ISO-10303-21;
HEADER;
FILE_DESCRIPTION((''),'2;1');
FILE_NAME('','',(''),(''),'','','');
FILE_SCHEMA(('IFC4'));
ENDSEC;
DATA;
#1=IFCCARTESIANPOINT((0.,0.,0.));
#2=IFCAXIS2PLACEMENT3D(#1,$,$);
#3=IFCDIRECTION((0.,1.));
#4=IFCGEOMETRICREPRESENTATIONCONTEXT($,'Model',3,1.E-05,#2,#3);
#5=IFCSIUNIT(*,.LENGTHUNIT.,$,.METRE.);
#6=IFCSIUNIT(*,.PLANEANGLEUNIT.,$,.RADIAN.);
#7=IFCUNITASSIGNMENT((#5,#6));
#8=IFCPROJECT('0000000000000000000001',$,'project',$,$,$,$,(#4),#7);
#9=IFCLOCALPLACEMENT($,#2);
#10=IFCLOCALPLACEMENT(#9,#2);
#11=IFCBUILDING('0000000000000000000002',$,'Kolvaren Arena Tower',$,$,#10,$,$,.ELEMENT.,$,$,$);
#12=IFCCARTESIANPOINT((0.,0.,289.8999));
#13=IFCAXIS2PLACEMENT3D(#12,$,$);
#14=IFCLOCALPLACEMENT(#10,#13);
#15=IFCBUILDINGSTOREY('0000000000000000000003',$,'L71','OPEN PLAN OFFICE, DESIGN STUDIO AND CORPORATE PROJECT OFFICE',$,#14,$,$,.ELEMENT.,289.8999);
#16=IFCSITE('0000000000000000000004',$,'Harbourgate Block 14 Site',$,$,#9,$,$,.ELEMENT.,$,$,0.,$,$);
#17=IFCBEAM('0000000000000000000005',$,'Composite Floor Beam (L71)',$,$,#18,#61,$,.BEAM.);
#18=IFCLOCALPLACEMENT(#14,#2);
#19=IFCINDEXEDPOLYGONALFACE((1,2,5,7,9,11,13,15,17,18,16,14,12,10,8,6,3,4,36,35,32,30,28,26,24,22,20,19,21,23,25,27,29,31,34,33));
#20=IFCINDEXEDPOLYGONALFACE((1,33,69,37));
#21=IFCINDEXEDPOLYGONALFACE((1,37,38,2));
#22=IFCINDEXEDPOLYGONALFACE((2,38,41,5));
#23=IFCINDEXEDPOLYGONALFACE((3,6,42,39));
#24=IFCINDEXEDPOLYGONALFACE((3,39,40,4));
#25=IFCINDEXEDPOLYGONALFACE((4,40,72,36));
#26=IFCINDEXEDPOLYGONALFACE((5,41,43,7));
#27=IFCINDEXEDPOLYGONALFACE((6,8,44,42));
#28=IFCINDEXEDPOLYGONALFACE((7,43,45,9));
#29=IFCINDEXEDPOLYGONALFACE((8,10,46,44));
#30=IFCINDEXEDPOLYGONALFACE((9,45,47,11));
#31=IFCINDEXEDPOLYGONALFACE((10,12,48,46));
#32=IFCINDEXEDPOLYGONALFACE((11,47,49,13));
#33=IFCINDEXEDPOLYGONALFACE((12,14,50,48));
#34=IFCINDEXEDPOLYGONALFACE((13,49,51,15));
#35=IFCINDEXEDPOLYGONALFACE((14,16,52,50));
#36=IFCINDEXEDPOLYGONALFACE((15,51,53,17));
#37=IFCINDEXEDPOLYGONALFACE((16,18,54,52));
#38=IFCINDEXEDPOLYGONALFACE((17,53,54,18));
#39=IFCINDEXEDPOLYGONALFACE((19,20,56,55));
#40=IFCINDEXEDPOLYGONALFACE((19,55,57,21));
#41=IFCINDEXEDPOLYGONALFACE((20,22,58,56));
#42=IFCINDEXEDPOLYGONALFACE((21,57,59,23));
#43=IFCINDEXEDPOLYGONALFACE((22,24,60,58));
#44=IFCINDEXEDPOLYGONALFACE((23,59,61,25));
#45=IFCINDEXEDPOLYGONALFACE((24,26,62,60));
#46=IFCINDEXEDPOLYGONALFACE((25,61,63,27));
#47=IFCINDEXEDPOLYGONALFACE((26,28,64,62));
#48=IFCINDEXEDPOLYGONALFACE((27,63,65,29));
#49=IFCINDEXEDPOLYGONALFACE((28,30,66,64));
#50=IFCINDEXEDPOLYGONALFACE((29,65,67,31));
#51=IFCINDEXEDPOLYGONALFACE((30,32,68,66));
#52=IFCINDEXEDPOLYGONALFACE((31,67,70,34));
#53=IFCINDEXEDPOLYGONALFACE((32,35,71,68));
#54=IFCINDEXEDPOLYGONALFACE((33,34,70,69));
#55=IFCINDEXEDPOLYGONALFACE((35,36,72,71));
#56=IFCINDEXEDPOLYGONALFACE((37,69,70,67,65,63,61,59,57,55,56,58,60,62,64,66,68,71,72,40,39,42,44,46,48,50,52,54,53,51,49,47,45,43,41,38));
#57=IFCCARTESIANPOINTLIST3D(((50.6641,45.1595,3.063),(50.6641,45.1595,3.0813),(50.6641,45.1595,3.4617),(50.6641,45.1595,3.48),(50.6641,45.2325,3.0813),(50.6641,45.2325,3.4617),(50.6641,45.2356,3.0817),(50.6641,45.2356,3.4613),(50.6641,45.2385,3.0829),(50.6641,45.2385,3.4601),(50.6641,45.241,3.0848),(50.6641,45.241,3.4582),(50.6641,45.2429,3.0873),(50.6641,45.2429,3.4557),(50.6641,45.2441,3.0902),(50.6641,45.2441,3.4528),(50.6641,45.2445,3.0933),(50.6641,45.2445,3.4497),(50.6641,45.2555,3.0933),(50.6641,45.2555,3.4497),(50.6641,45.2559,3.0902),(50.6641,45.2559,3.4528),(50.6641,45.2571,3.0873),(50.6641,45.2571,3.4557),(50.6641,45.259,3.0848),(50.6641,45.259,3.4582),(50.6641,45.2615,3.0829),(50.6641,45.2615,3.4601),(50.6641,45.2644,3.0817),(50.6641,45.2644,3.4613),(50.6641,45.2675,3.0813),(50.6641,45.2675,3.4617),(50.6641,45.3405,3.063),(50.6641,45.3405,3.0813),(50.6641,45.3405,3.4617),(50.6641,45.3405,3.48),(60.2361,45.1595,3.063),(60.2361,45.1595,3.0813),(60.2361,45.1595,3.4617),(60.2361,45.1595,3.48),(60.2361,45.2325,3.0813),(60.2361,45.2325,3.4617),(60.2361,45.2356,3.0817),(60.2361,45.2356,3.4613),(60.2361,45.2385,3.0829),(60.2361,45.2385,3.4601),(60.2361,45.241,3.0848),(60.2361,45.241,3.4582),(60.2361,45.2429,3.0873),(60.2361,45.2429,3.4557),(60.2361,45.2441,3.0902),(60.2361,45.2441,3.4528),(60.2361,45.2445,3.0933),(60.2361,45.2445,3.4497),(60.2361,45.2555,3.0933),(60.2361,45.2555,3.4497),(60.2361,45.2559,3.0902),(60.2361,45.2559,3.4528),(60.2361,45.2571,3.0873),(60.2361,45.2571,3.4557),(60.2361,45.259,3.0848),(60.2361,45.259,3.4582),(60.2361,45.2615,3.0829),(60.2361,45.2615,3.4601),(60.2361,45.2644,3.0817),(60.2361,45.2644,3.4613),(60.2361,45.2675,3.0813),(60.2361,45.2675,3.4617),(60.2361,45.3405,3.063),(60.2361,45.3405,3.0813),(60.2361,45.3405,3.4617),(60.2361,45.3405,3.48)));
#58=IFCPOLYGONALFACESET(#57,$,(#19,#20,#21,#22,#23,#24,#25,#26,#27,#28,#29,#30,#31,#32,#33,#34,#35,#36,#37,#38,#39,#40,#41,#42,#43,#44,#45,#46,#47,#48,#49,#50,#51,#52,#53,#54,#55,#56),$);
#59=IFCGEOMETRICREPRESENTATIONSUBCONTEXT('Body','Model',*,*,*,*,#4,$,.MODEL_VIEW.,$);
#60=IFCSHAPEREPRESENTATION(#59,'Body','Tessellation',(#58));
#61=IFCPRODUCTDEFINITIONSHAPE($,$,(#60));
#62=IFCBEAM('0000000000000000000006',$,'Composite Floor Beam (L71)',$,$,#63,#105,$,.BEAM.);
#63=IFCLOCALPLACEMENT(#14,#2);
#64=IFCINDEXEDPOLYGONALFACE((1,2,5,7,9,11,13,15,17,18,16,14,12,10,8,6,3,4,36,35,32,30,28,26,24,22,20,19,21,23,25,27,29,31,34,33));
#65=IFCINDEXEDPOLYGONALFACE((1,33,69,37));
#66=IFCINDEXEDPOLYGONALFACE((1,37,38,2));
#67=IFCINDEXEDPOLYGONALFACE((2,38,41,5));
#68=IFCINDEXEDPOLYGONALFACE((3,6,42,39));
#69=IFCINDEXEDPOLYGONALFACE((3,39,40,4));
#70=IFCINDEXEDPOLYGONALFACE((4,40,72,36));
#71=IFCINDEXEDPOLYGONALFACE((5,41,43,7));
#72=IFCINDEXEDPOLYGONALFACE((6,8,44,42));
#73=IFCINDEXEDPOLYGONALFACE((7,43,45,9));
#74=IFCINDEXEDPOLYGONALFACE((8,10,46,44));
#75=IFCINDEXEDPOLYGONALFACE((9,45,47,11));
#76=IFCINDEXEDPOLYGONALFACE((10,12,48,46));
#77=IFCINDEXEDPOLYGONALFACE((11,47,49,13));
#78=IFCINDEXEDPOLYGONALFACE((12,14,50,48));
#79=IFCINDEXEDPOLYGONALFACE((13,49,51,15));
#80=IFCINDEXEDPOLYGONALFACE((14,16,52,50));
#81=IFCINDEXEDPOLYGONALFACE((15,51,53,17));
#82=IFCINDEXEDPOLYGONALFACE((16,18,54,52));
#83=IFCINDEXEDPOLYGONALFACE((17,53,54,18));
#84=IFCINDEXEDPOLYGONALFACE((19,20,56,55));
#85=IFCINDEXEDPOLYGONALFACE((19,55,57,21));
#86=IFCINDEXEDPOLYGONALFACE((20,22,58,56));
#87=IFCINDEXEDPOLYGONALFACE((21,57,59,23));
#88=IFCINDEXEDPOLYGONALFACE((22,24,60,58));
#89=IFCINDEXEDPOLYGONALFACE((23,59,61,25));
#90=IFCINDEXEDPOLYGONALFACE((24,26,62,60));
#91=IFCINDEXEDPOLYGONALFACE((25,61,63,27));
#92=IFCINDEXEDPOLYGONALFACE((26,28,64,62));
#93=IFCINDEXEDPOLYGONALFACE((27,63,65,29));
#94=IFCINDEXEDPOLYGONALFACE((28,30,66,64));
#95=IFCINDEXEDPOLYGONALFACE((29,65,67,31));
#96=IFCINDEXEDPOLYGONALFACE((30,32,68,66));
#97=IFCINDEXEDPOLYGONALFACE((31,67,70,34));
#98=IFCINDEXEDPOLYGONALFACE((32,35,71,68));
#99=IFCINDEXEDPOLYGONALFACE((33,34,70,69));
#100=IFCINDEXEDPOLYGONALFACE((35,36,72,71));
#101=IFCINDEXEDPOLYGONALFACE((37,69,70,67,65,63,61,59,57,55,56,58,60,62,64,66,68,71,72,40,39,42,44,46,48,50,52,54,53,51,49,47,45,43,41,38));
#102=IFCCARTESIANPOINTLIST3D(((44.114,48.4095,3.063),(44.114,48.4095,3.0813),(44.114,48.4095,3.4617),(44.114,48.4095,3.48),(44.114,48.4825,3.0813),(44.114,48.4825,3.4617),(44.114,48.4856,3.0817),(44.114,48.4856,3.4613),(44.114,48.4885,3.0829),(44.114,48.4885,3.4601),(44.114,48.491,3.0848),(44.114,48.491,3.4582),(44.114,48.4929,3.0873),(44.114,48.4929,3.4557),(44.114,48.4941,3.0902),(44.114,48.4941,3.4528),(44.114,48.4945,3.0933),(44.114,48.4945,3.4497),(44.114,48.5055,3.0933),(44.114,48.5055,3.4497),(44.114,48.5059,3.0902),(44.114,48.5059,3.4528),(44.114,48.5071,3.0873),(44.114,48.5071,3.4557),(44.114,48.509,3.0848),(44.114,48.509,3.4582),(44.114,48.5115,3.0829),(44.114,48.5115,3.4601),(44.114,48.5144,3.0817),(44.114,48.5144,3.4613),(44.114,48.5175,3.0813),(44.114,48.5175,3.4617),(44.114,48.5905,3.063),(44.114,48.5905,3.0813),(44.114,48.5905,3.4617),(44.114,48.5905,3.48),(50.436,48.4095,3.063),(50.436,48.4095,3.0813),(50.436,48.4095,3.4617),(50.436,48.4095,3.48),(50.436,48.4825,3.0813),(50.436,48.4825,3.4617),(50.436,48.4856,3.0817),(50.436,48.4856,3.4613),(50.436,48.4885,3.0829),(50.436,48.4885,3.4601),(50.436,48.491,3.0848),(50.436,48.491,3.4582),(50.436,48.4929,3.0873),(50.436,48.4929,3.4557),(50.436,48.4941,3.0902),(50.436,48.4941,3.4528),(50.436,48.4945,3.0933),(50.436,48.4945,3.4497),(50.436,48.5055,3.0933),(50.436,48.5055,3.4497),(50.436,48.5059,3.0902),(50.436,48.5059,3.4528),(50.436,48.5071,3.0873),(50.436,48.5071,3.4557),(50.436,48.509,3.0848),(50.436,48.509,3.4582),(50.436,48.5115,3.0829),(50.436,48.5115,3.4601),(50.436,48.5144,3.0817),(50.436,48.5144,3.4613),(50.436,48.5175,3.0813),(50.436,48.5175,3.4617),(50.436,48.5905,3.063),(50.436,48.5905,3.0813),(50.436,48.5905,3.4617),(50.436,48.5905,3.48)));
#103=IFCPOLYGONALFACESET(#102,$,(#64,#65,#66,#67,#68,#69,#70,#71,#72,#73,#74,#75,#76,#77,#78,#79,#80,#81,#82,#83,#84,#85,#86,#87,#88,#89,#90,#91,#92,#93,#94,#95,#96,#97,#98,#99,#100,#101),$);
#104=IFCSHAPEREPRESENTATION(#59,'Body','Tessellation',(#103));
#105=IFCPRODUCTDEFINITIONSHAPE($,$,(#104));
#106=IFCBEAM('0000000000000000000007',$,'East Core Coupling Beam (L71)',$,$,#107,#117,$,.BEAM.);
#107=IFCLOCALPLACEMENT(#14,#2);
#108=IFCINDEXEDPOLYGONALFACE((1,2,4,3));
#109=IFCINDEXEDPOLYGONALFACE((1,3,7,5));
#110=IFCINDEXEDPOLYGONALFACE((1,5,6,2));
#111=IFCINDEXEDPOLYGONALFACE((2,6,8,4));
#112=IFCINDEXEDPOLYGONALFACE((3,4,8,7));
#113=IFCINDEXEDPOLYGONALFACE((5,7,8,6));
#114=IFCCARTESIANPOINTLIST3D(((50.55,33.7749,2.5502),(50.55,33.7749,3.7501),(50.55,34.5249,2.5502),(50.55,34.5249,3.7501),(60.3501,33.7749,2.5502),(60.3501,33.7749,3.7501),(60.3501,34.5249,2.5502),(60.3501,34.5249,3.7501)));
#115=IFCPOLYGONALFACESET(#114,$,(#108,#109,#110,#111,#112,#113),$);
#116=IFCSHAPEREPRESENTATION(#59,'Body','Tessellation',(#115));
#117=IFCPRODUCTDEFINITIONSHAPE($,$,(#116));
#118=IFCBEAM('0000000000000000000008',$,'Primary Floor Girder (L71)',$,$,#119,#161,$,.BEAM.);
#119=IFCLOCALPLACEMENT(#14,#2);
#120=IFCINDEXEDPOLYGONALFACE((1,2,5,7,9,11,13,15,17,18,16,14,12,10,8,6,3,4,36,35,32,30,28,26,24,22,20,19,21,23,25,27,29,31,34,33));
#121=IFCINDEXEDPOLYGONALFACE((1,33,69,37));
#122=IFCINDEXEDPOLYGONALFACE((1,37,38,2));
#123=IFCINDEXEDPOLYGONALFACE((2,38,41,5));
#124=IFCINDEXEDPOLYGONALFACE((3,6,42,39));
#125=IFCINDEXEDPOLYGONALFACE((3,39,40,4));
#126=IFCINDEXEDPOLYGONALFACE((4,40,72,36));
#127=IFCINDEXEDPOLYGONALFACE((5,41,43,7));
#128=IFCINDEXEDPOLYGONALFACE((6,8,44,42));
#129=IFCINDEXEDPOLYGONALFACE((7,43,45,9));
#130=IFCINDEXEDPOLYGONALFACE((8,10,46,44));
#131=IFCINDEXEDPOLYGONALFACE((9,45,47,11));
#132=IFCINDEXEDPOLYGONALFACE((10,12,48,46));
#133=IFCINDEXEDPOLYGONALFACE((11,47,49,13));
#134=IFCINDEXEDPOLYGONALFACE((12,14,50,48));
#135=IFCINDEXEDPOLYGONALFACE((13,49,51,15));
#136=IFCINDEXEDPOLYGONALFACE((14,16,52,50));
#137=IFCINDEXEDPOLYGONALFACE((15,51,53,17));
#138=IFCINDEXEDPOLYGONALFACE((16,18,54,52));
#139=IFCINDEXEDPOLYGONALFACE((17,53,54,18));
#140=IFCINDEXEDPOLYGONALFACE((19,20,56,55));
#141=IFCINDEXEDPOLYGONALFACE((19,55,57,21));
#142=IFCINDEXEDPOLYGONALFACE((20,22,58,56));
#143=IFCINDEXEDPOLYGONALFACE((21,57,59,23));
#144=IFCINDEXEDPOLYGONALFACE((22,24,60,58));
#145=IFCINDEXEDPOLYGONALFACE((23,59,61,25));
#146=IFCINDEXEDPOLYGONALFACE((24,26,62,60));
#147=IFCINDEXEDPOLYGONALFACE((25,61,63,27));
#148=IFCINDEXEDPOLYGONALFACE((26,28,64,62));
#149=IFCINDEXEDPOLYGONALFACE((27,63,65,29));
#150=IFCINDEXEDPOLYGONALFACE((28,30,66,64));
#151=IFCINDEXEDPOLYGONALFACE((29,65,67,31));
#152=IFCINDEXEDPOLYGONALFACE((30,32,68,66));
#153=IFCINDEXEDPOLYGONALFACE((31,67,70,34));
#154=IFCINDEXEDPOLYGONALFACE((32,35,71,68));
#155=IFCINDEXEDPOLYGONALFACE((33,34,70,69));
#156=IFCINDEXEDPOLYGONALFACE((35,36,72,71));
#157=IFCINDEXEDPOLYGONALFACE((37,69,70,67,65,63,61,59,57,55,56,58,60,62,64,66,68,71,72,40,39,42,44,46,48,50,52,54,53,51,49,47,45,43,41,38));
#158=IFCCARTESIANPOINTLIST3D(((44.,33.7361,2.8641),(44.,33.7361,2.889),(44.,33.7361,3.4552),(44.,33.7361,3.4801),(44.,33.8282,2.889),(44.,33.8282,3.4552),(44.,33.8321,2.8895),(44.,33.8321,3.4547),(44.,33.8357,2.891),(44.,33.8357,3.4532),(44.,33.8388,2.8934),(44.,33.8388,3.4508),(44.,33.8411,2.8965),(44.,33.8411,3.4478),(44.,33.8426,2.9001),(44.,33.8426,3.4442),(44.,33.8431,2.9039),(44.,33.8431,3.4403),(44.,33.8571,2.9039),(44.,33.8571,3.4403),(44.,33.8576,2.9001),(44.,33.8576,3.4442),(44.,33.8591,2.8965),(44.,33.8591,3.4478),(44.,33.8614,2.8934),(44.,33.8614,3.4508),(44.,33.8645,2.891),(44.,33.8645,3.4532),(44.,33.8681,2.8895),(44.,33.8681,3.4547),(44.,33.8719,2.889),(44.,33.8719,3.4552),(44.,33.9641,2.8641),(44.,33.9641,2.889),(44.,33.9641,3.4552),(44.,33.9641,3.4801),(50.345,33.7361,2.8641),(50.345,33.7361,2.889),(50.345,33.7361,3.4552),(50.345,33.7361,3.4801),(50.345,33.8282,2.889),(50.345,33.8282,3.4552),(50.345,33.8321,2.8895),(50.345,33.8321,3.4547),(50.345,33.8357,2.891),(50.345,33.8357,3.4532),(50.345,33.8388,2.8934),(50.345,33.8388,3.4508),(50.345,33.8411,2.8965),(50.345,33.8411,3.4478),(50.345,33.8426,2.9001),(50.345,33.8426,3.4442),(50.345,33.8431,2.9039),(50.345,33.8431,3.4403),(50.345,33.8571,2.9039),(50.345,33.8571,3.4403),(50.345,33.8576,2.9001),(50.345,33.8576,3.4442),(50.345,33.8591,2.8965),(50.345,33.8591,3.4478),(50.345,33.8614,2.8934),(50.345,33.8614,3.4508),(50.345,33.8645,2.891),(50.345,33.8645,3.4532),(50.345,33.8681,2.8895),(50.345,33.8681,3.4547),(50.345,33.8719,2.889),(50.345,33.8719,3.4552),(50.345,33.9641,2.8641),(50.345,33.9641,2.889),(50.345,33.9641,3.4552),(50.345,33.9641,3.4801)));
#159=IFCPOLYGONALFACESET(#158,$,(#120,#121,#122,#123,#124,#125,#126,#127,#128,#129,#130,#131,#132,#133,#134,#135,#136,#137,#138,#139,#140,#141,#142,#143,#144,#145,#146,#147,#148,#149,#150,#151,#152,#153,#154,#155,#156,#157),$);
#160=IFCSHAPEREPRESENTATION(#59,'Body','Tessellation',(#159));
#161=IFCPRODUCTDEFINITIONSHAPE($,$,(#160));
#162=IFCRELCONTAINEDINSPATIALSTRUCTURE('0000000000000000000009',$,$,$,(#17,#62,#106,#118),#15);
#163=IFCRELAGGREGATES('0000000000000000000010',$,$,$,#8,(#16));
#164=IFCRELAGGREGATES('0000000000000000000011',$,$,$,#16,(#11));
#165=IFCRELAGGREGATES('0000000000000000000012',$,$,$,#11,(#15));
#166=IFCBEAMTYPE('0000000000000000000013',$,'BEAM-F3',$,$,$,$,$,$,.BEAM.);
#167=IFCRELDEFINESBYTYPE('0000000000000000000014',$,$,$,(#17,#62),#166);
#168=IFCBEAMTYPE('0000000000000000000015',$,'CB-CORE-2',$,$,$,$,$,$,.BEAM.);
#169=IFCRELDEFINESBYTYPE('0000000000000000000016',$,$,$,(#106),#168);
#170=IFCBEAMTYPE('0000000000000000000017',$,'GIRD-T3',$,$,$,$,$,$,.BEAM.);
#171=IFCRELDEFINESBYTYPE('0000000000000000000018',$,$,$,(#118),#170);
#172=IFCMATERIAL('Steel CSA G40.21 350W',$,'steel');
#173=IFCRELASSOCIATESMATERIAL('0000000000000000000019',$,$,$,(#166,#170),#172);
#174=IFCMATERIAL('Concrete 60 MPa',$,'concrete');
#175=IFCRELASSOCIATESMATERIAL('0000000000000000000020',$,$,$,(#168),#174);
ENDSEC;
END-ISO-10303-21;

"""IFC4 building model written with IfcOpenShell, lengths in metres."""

from ifc_helpers import new_model, si_unit, direction, frame, origin, origin_2d, place, context, subcontext, project, spatial, rectangle, i_section, extrude, material, material_profile, profile_set, type_object, element, save


model = new_model("IFC4")

# Units and contexts
model_context = context("Model", 3, precision=1e-05, world=origin(), true_north=direction((0.0, 1.0)))
body_context = subcontext(model_context, "Body", "Model", "MODEL_VIEW")
ifc_project = project(units=[si_unit("LENGTHUNIT", "METRE"), si_unit("PLANEANGLEUNIT", "RADIAN")], contexts=[model_context])

# Site, building, storey
site_placement = place(None, origin())
site = spatial("IfcSite", under=ifc_project, at=site_placement, Name="Harbourgate Block 14 Site", CompositionType="ELEMENT", RefElevation=0.0)
building_placement = place(site_placement, origin())
building = spatial("IfcBuilding", under=site, at=building_placement, Name="Kolvaren Arena Tower", CompositionType="ELEMENT")
storey_placement = place(building_placement, frame((0.0, 0.0, 289.8999)))
storey = spatial("IfcBuildingStorey", under=building, at=storey_placement, Name="L71", Description="OPEN PLAN OFFICE, DESIGN STUDIO AND CORPORATE PROJECT OFFICE", CompositionType="ELEMENT", Elevation=289.8999)

# Beams
ifc_material_1 = material(Name="Steel CSA G40.21 350W", Category="steel")
ifc_material_profile_1 = material_profile(ifc_material_1, i_section(OverallWidth=0.1809, OverallDepth=0.417, WebThickness=0.011, FlangeThickness=0.0183, FilletRadius=0.012, at=origin_2d()), Name="W410x85")
ifc_profile_set_1 = profile_set([ifc_material_profile_1], Name="Steel CSA G40.21 350W")
beam_type_1 = type_object("IfcBeamType", Name="BEAM-F3", PredefinedType="BEAM", material=ifc_profile_set_1)
beam_1_placement = place(storey_placement, frame((50.6641, 45.25, 3.2715), z_axis=(1.0, 0.0, 0.0), x_axis=(0.0, 1.0, 0.0)))
element("IfcBeam", 1, at=beam_1_placement, inside=storey, type_object=beam_type_1, Name="Composite Floor Beam (L71)", PredefinedType="BEAM", context=body_context, shape_type="SweptSolid", body=[
    extrude(i_section(OverallWidth=0.1809, OverallDepth=0.417, WebThickness=0.011, FlangeThickness=0.0183, FilletRadius=0.012, at=origin_2d()), origin(), (0.0, 0.0, 1.0), 9.572),
])
beam_2_placement = place(storey_placement, frame((44.114, 48.5, 3.2715), z_axis=(1.0, 0.0, 0.0), x_axis=(0.0, 1.0, 0.0)))
element("IfcBeam", 2, at=beam_2_placement, inside=storey, type_object=beam_type_1, Name="Composite Floor Beam (L71)", PredefinedType="BEAM", context=body_context, shape_type="SweptSolid", body=[
    extrude(i_section(OverallWidth=0.1809, OverallDepth=0.417, WebThickness=0.011, FlangeThickness=0.0183, FilletRadius=0.012, at=origin_2d()), origin(), (0.0, 0.0, 1.0), 6.322),
])
ifc_material_2 = material(Name="Concrete 60 MPa", Category="concrete")
ifc_material_profile_2 = material_profile(ifc_material_2, rectangle(XDim=0.75, YDim=1.2, at=origin_2d()), Name="RC-750x1200")
ifc_profile_set_2 = profile_set([ifc_material_profile_2], Name="Concrete 60 MPa")
beam_type_2 = type_object("IfcBeamType", Name="CB-CORE-2", PredefinedType="BEAM", material=ifc_profile_set_2)
beam_3_placement = place(storey_placement, frame((50.55, 34.1499, 3.1501), z_axis=(1.0, 0.0, 0.0), x_axis=(0.0, 1.0, 0.0)))
element("IfcBeam", 3, at=beam_3_placement, inside=storey, type_object=beam_type_2, Name="East Core Coupling Beam (L71)", PredefinedType="BEAM", context=body_context, shape_type="SweptSolid", body=[
    extrude(rectangle(XDim=0.75, YDim=1.2, at=origin_2d()), origin(), (0.0, 0.0, 1.0), 9.8),
])
ifc_material_profile_3 = material_profile(ifc_material_1, i_section(OverallWidth=0.228, OverallDepth=0.616, WebThickness=0.0139, FlangeThickness=0.0249, FilletRadius=0.0149, at=origin_2d()), Name="W610x174")
ifc_profile_set_3 = profile_set([ifc_material_profile_3], Name="Steel CSA G40.21 350W")
beam_type_3 = type_object("IfcBeamType", Name="GIRD-T3", PredefinedType="BEAM", material=ifc_profile_set_3)
beam_4_placement = place(storey_placement, frame((44.0, 33.8501, 3.1721), z_axis=(1.0, 0.0, 0.0), x_axis=(0.0, 1.0, 0.0)))
element("IfcBeam", 4, at=beam_4_placement, inside=storey, type_object=beam_type_3, Name="Primary Floor Girder (L71)", PredefinedType="BEAM", context=body_context, shape_type="SweptSolid", body=[
    extrude(i_section(OverallWidth=0.228, OverallDepth=0.616, WebThickness=0.0139, FlangeThickness=0.0249, FilletRadius=0.0149, at=origin_2d()), origin(), (0.0, 0.0, 1.0), 6.345),
])

save(model, "model.ifc")
